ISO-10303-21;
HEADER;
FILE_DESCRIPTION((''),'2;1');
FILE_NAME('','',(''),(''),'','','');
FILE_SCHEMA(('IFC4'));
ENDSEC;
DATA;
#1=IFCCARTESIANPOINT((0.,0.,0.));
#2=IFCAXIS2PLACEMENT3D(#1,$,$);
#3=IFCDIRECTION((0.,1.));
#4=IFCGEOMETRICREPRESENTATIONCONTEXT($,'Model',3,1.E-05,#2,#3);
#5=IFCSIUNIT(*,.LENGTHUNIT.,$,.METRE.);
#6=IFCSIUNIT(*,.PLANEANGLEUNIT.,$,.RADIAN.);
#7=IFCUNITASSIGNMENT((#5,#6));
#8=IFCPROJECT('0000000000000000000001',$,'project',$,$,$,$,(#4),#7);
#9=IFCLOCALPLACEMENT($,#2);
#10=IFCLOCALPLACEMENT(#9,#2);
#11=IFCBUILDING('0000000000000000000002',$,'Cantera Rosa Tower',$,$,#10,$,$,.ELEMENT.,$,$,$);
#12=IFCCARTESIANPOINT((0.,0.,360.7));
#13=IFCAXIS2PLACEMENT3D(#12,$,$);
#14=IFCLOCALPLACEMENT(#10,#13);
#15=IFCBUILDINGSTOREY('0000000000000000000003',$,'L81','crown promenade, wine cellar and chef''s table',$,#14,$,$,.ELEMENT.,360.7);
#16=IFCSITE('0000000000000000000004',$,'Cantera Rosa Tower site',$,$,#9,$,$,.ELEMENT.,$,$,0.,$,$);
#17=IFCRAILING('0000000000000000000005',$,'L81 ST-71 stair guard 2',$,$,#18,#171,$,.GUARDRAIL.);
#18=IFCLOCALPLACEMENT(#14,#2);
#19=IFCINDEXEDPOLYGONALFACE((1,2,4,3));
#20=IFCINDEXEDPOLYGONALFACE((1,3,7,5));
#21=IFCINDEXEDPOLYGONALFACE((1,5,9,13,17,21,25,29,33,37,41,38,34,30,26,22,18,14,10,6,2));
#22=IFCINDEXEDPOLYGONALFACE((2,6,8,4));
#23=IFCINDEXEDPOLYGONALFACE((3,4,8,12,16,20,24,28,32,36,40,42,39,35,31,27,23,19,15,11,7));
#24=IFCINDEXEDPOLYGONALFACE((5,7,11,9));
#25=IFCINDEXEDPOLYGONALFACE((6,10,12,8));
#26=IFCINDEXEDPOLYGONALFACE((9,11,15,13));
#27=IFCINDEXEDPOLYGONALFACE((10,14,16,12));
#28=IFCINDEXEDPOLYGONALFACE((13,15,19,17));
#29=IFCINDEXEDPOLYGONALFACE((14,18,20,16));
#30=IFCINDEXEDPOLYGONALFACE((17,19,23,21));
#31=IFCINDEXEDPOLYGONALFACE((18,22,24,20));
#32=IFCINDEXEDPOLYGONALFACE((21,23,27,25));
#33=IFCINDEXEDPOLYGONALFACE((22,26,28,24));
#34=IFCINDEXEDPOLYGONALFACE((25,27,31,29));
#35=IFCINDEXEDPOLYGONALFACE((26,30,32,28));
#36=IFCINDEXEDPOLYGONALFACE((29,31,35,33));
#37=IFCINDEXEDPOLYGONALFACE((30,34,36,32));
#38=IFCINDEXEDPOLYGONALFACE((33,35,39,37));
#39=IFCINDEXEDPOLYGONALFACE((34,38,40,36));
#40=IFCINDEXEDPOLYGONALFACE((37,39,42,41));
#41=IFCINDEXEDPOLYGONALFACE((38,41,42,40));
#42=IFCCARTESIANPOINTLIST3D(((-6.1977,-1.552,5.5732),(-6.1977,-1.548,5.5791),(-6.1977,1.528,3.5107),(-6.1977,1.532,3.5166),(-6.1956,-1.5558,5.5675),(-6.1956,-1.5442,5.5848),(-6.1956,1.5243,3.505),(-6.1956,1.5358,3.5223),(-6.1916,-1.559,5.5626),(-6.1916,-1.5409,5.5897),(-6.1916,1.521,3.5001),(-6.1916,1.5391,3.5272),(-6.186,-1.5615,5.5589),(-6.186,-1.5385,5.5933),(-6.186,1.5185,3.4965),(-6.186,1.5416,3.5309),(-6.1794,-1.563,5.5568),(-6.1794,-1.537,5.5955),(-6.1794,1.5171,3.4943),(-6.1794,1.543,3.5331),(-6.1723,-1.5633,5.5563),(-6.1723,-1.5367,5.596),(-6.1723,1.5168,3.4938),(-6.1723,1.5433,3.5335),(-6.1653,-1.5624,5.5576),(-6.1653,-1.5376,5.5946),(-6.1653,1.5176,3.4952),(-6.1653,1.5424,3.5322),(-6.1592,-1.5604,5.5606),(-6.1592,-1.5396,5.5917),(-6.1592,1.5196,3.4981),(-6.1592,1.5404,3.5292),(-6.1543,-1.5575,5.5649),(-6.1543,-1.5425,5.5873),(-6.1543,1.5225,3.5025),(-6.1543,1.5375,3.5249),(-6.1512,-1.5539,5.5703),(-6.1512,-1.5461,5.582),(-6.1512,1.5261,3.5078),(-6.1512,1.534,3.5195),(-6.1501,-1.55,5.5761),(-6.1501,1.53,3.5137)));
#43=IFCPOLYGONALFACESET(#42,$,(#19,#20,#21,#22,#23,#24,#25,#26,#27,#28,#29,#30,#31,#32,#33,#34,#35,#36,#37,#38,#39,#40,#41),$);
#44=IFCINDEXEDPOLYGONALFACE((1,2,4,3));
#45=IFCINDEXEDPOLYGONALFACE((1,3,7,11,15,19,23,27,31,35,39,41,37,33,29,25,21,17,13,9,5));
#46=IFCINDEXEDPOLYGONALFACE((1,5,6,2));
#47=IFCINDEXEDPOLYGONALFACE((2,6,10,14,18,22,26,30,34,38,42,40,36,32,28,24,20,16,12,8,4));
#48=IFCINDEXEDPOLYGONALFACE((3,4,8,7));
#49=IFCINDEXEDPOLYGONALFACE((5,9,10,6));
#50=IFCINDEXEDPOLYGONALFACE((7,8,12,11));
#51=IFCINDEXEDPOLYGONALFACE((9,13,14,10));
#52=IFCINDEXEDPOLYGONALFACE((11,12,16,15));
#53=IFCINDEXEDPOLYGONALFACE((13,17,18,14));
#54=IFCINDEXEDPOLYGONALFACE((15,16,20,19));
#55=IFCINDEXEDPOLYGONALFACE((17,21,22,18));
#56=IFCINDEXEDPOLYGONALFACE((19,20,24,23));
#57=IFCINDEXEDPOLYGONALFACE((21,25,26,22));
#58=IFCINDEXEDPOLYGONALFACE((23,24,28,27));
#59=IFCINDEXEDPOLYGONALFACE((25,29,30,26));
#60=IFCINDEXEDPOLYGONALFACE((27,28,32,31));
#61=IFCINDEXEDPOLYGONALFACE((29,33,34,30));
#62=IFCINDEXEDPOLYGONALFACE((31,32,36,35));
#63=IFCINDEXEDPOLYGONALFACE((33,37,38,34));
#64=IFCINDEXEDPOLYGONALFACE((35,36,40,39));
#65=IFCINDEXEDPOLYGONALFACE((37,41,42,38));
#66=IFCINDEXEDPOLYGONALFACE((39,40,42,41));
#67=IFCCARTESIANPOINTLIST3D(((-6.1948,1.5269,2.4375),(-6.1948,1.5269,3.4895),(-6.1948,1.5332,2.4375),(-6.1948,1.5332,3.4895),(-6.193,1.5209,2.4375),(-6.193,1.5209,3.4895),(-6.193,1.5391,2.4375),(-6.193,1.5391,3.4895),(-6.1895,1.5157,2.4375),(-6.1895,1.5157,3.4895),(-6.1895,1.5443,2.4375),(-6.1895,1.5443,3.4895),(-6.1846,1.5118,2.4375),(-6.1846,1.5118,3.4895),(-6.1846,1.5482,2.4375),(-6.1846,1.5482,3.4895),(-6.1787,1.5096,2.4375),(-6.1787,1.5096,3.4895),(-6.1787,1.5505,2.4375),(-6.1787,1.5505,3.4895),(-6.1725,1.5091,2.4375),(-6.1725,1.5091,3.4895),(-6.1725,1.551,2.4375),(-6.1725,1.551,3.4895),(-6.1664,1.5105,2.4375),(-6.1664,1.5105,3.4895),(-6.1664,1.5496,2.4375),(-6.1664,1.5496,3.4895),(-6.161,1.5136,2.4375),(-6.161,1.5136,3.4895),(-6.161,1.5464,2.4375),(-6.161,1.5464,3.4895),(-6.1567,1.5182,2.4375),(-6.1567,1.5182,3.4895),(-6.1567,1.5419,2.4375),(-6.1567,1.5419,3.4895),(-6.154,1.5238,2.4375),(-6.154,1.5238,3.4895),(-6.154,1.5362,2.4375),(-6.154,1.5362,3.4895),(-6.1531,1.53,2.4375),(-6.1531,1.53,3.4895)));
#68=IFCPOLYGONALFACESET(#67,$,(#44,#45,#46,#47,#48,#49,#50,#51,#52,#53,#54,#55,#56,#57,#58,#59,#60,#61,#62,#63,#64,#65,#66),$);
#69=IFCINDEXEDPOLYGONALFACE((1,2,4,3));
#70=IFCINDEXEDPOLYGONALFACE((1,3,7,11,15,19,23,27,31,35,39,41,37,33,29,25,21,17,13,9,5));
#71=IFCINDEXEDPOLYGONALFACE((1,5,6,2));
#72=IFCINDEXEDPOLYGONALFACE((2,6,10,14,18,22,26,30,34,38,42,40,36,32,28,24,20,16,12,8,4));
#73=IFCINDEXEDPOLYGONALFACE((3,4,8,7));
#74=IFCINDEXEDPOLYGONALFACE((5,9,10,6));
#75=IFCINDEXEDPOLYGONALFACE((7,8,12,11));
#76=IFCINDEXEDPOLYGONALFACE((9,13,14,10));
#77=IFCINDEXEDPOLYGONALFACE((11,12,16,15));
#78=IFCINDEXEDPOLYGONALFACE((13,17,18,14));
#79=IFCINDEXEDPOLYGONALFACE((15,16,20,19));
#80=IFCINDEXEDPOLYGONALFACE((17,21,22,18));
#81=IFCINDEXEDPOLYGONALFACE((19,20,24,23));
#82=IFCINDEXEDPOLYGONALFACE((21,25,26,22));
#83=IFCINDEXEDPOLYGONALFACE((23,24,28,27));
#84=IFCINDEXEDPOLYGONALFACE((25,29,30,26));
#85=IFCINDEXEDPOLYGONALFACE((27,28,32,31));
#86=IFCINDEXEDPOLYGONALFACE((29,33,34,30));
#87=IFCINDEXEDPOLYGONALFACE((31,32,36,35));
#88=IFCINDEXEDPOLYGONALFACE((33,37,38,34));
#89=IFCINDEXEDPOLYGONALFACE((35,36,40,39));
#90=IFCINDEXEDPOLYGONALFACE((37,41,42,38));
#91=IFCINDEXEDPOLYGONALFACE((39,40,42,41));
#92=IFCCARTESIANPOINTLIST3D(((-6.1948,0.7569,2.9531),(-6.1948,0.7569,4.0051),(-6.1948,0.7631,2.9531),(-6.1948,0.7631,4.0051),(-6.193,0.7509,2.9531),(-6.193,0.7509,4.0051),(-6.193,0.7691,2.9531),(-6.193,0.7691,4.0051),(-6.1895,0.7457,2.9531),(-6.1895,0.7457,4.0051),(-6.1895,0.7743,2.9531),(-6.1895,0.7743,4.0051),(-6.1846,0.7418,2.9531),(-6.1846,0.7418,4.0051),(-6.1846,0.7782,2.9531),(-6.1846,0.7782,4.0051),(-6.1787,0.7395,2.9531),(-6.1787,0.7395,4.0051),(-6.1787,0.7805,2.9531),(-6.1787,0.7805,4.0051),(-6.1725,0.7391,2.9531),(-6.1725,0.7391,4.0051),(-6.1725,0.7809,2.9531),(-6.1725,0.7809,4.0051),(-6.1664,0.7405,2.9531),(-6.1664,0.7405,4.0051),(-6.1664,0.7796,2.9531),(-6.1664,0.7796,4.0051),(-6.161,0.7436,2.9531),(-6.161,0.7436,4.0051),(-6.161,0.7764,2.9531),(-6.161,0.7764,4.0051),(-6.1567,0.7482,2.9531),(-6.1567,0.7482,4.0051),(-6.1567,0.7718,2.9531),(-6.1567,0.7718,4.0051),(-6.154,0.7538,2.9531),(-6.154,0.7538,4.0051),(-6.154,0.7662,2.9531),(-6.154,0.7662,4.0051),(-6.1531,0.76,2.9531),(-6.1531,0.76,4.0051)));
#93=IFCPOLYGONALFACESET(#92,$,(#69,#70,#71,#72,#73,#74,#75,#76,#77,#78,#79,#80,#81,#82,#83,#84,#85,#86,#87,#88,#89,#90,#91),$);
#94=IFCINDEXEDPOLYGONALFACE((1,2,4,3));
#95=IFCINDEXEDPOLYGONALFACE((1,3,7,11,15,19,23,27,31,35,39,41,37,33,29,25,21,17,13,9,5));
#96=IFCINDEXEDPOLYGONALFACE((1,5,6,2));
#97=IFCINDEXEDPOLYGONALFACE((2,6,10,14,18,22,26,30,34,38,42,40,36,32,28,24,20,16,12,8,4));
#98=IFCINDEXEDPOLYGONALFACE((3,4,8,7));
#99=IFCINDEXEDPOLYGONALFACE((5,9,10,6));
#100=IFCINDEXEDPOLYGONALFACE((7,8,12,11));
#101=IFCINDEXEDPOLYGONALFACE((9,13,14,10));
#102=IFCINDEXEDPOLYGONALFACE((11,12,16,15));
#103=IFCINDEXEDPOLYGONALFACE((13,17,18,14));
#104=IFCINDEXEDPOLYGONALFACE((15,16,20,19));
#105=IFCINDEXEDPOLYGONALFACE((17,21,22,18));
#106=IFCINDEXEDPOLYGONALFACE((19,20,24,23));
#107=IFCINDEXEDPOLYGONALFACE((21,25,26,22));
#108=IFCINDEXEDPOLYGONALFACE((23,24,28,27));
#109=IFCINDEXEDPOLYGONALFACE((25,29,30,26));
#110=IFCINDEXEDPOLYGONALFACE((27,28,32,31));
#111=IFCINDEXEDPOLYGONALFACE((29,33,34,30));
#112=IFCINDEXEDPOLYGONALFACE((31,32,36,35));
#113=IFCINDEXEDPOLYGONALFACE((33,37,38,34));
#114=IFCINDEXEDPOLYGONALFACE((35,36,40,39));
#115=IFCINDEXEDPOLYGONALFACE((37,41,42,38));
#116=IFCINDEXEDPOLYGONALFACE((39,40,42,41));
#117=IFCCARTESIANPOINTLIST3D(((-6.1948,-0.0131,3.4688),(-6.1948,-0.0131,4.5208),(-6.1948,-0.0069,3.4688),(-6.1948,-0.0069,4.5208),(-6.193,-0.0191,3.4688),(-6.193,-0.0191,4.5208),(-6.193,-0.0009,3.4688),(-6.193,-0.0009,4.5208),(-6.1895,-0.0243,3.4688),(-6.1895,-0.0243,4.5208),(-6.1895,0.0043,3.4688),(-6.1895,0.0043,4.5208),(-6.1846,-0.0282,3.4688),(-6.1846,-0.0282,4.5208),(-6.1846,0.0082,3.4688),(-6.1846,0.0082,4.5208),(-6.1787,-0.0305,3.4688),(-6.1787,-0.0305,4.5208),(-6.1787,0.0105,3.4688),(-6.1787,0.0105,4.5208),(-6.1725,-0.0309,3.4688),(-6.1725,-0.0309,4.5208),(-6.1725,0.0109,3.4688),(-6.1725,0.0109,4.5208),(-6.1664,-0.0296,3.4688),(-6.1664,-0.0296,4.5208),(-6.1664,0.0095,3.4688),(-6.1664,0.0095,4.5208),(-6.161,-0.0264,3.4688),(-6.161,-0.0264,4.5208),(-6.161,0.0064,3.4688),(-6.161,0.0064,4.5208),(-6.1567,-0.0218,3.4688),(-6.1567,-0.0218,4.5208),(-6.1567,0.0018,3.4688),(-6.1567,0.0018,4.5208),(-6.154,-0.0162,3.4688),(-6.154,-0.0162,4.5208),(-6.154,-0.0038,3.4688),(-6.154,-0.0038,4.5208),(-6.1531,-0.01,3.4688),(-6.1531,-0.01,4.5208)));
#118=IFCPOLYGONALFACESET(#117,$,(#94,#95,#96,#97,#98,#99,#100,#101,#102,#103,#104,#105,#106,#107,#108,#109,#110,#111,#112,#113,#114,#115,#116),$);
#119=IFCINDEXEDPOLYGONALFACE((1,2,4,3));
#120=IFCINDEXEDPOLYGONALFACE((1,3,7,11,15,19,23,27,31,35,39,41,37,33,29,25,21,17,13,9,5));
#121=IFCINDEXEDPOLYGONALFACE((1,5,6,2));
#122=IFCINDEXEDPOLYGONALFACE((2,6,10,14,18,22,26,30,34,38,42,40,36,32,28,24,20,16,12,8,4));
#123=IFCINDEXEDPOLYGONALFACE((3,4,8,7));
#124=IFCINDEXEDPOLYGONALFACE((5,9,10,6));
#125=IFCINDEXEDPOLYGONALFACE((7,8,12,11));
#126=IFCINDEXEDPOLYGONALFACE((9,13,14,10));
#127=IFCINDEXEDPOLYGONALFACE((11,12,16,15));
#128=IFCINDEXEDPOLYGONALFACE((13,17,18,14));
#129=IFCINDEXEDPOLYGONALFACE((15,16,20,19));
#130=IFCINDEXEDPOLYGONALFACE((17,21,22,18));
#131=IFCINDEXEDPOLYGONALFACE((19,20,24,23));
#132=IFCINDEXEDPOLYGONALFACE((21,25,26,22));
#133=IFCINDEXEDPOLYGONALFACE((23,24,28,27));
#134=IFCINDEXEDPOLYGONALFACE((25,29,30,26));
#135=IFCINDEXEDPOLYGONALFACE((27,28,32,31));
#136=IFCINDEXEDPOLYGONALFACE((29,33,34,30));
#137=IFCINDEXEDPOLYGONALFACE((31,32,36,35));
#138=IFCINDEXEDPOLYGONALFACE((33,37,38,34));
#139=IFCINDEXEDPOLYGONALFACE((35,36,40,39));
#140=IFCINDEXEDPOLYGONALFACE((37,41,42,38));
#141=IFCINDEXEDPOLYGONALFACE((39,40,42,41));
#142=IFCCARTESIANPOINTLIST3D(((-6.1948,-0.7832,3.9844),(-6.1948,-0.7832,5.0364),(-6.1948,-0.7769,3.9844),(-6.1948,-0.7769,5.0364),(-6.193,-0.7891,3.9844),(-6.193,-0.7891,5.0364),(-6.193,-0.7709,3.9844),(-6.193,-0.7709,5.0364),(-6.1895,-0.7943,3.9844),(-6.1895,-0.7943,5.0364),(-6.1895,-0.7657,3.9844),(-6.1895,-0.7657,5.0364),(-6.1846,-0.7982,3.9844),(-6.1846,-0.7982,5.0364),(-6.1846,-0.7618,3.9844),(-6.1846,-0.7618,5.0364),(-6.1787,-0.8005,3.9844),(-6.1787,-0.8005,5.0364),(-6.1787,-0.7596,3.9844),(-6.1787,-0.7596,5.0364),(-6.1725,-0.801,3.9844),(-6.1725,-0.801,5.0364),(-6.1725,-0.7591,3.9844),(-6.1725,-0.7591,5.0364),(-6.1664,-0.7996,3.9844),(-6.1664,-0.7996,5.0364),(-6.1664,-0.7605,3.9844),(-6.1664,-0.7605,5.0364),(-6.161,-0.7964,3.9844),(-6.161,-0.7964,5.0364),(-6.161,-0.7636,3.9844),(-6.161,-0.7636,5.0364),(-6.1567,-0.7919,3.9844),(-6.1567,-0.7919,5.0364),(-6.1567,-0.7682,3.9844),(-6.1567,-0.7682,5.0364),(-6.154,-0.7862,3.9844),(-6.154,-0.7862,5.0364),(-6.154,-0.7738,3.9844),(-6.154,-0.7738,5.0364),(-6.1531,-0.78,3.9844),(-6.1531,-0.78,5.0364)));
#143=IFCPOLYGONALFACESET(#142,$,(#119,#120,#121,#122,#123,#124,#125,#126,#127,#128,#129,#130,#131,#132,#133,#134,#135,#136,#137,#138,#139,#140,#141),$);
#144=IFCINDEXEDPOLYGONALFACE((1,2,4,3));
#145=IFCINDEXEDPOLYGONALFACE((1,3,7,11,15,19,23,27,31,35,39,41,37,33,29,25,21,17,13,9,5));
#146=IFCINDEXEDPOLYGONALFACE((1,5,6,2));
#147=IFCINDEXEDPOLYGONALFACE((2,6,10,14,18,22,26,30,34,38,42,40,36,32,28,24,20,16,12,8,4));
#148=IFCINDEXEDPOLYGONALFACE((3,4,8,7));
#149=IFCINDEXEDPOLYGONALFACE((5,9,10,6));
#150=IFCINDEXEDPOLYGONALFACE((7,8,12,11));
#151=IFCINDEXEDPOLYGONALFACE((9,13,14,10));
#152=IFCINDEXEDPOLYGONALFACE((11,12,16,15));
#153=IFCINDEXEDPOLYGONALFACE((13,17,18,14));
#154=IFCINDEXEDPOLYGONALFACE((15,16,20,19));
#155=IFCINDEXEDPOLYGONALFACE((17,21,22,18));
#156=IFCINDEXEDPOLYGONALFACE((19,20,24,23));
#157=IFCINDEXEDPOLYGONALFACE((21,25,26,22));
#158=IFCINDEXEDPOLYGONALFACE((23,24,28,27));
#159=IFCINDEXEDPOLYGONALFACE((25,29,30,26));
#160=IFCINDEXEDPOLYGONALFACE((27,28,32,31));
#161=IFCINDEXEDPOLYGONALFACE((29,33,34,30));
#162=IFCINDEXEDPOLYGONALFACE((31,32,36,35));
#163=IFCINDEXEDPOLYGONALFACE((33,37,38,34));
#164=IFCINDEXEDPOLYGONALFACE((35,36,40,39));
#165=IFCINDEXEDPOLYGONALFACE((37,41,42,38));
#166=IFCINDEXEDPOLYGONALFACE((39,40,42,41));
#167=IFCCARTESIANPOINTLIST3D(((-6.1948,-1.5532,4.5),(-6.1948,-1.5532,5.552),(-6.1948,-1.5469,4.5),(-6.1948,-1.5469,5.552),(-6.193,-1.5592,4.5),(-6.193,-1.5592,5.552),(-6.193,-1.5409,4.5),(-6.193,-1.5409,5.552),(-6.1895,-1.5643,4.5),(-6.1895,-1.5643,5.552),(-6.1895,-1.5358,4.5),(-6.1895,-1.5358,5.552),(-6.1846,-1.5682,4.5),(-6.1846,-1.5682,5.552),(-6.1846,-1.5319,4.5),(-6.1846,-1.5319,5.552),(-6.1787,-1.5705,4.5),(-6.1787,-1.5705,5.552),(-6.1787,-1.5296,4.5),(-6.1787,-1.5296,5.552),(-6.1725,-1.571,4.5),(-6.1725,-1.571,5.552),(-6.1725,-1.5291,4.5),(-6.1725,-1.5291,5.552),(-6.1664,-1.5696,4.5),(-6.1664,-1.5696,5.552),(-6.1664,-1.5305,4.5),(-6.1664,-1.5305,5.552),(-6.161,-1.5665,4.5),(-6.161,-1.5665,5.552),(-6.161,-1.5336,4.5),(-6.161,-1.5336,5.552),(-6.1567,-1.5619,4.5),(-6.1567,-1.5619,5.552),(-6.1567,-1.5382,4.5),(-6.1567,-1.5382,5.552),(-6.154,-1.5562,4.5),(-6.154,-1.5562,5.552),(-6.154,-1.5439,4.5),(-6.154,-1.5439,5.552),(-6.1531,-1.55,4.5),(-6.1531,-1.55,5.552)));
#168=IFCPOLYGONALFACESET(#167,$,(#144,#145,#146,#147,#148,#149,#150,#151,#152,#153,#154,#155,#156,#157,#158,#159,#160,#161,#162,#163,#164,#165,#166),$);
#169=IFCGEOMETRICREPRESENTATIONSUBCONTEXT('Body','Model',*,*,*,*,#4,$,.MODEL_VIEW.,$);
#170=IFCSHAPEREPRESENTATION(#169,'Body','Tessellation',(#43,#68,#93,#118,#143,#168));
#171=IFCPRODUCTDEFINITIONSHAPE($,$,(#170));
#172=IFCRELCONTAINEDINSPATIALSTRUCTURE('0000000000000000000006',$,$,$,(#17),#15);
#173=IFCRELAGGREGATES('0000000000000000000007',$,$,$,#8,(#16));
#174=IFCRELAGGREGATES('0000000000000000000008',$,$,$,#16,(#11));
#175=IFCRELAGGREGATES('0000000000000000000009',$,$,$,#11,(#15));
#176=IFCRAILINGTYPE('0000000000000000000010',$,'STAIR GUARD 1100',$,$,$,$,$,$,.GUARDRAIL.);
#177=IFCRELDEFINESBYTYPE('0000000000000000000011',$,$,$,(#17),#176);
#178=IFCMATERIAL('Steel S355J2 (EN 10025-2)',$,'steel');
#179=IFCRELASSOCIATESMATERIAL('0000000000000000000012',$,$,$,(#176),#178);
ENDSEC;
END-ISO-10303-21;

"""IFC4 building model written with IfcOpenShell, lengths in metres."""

from ifc_helpers import new_model, si_unit, direction, frame, origin, origin_2d, place, context, subcontext, project, spatial, circle, extrude, material, type_object, element, save


model = new_model("IFC4")

# Units and contexts
model_context = context("Model", 3, precision=1e-05, world=origin(), true_north=direction((0.0, 1.0)))
body_context = subcontext(model_context, "Body", "Model", "MODEL_VIEW")
ifc_project = project(units=[si_unit("LENGTHUNIT", "METRE"), si_unit("PLANEANGLEUNIT", "RADIAN")], contexts=[model_context])

# Site, building, storey
site_placement = place(None, origin())
site = spatial("IfcSite", under=ifc_project, at=site_placement, Name="Cantera Rosa Tower site", CompositionType="ELEMENT", RefElevation=0.0)
building_placement = place(site_placement, origin())
building = spatial("IfcBuilding", under=site, at=building_placement, Name="Cantera Rosa Tower", CompositionType="ELEMENT")
storey_placement = place(building_placement, frame((0.0, 0.0, 360.7)))
storey = spatial("IfcBuildingStorey", under=building, at=storey_placement, Name="L81", Description="crown promenade, wine cellar and chef's table", CompositionType="ELEMENT", Elevation=360.7)

# Railing
ifc_material_1 = material(Name="Steel S355J2 (EN 10025-2)", Category="steel")
railing_type_1 = type_object("IfcRailingType", Name="STAIR GUARD 1100", PredefinedType="GUARDRAIL", material=ifc_material_1)
railing_1_placement = place(storey_placement, frame((-6.1741, 1.53, 2.4375)))
element("IfcRailing", 1, at=railing_1_placement, inside=storey, type_object=railing_type_1, Name="L81 ST-71 stair guard 2", PredefinedType="GUARDRAIL", context=body_context, shape_type="SweptSolid", body=[
    extrude(circle(Radius=0.0239, at=origin_2d()), frame((0.0, 0.0, 1.0762), z_axis=(0.0, -0.830914, 0.556401), x_axis=(1.0, 0.0, 0.0)), (0.0, 0.0, 1.0), 3.7068),
    extrude(circle(Radius=0.021, at=origin_2d()), origin(), (0.0, 0.0, 1.0), 1.052),
    extrude(circle(Radius=0.021, at=origin_2d()), frame((0.0, -0.77, 0.5156)), (0.0, 0.0, 1.0), 1.052),
    extrude(circle(Radius=0.021, at=origin_2d()), frame((0.0, -1.54, 1.0312)), (0.0, 0.0, 1.0), 1.052),
    extrude(circle(Radius=0.021, at=origin_2d()), frame((0.0, -2.3101, 1.5469)), (0.0, 0.0, 1.0), 1.052),
    extrude(circle(Radius=0.021, at=origin_2d()), frame((0.0, -3.0801, 2.0625)), (0.0, 0.0, 1.0), 1.052),
])

save(model, "model.ifc")
